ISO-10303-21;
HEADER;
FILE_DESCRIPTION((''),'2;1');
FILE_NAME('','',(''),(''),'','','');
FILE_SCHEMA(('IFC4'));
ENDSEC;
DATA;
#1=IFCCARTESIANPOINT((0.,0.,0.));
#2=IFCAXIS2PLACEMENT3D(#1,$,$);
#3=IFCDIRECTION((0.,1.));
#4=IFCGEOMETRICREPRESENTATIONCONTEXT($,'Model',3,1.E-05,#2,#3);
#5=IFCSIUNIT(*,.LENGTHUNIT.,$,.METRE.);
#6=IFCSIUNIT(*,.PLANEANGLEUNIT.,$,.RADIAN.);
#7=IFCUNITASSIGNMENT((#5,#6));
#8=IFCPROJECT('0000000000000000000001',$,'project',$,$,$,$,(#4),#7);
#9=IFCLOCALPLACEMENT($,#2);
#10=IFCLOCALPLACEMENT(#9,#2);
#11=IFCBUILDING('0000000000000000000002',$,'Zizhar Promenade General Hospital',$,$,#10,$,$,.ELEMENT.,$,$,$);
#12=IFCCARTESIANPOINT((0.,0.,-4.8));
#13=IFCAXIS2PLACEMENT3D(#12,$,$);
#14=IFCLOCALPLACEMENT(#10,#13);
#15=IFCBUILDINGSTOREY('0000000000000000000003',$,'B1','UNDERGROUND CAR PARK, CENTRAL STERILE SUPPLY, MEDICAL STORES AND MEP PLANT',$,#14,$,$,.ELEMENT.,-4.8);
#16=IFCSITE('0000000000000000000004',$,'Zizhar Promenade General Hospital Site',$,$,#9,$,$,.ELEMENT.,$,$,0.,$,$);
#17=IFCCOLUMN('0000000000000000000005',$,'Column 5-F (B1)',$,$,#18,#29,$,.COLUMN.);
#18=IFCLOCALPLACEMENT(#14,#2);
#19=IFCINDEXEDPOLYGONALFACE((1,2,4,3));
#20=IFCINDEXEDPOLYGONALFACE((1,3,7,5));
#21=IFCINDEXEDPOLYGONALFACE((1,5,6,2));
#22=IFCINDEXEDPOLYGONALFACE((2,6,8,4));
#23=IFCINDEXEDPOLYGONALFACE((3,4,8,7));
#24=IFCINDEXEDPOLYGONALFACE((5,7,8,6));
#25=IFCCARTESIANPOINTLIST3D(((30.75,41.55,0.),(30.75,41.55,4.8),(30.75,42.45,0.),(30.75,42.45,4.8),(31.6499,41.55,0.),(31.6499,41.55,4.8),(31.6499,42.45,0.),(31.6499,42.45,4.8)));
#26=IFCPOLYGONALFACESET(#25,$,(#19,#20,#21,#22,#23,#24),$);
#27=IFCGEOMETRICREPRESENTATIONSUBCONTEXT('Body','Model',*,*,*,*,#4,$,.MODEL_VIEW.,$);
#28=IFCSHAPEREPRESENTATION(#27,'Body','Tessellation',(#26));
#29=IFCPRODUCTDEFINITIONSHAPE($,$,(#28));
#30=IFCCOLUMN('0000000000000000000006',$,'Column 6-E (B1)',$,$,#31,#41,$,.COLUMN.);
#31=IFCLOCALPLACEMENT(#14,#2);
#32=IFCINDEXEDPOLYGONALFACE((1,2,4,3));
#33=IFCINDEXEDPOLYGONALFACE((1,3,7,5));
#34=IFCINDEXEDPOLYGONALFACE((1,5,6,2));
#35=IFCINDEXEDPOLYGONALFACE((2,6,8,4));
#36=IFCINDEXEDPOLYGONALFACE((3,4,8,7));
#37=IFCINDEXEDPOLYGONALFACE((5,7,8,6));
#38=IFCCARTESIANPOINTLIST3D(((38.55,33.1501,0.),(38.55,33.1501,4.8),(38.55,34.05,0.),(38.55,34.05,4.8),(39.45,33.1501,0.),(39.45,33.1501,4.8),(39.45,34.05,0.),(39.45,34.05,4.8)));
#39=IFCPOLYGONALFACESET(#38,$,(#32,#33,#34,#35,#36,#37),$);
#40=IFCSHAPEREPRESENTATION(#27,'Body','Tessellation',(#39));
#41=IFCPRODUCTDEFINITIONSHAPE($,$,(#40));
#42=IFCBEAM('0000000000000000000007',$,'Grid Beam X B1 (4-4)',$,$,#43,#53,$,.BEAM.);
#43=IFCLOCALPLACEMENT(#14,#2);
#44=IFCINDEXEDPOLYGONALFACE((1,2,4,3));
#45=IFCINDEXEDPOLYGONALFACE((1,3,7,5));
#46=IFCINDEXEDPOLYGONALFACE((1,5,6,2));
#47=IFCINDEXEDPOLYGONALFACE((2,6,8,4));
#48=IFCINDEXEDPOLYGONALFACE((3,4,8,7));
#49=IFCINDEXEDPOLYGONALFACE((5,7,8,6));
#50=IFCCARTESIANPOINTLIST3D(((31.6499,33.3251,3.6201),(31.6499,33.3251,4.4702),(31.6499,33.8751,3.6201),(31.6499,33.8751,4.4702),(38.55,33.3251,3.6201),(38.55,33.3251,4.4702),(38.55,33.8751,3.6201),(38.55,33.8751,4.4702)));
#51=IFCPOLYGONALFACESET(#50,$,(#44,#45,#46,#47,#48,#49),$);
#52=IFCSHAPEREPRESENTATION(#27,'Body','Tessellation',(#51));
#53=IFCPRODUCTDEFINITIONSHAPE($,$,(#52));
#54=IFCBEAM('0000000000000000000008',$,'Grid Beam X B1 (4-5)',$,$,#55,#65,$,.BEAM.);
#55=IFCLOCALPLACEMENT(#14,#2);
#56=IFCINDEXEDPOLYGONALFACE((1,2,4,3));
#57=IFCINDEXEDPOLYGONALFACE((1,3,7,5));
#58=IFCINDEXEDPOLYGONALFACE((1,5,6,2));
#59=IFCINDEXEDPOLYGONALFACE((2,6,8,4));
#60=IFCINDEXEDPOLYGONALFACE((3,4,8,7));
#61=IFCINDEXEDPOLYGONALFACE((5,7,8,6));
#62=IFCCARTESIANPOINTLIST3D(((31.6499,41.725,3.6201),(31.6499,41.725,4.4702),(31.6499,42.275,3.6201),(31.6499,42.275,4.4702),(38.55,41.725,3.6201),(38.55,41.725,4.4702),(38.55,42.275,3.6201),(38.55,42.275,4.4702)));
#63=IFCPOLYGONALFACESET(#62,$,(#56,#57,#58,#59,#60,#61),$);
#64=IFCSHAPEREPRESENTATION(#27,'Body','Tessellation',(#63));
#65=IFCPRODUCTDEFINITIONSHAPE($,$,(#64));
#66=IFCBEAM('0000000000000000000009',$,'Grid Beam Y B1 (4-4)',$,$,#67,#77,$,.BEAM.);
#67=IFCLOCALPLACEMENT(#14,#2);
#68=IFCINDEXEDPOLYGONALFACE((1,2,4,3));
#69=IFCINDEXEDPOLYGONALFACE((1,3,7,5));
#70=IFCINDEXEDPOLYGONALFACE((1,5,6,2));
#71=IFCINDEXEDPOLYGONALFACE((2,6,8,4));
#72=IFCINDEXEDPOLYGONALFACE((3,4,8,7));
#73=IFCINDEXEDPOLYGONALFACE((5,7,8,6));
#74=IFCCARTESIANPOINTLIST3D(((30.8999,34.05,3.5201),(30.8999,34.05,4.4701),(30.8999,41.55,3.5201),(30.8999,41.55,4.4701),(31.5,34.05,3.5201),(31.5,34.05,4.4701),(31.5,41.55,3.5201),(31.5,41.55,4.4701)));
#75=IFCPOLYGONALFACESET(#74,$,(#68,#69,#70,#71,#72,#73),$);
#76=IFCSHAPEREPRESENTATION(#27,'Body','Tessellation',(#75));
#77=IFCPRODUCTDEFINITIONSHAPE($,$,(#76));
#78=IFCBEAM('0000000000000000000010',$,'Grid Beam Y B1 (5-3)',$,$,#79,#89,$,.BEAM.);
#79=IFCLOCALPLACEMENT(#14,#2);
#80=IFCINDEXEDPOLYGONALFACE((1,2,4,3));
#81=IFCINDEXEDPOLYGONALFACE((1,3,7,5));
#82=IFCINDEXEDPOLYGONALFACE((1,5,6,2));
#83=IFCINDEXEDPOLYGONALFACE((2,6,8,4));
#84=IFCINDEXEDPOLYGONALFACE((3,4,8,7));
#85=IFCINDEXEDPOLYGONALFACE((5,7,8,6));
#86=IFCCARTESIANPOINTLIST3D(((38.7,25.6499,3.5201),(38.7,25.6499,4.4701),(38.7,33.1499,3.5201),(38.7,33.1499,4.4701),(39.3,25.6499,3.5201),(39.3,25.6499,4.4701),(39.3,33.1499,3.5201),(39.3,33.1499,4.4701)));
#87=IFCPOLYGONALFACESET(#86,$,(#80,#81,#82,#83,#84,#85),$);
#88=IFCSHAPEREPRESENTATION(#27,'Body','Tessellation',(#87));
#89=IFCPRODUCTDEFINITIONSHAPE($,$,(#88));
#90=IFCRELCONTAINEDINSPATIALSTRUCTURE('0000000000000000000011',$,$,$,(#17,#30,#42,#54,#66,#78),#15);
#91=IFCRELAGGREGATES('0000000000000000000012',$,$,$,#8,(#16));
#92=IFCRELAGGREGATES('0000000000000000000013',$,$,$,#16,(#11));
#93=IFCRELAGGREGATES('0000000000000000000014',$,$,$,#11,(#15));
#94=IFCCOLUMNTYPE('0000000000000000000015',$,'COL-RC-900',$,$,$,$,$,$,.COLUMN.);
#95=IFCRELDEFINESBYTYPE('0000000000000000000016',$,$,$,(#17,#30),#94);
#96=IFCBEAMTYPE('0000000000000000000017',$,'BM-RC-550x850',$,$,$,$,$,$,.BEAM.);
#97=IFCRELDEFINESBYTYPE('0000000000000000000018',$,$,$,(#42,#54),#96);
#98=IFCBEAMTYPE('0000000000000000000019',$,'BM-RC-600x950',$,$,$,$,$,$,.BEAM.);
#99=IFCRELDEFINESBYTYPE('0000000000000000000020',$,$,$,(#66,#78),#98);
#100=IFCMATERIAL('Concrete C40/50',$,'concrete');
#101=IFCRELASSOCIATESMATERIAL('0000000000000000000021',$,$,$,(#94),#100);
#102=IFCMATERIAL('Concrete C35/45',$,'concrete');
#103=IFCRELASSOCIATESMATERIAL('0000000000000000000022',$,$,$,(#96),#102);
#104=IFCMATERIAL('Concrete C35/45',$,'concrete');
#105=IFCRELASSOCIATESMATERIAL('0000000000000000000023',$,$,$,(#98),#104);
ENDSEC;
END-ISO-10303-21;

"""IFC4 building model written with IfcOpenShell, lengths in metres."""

from ifc_helpers import new_model, si_unit, direction, frame, origin, origin_2d, place, context, subcontext, project, spatial, rectangle, extrude, material, material_profile, profile_set, type_object, element, save


model = new_model("IFC4")

# Units and contexts
model_context = context("Model", 3, precision=1e-05, world=origin(), true_north=direction((0.0, 1.0)))
body_context = subcontext(model_context, "Body", "Model", "MODEL_VIEW")
ifc_project = project(units=[si_unit("LENGTHUNIT", "METRE"), si_unit("PLANEANGLEUNIT", "RADIAN")], contexts=[model_context])

# Site, building, storey
site_placement = place(None, origin())
site = spatial("IfcSite", under=ifc_project, at=site_placement, Name="Zizhar Promenade General Hospital Site", CompositionType="ELEMENT", RefElevation=0.0)
building_placement = place(site_placement, origin())
building = spatial("IfcBuilding", under=site, at=building_placement, Name="Zizhar Promenade General Hospital", CompositionType="ELEMENT")
storey_placement = place(building_placement, frame((0.0, 0.0, -4.8)))
storey = spatial("IfcBuildingStorey", under=building, at=storey_placement, Name="B1", Description="UNDERGROUND CAR PARK, CENTRAL STERILE SUPPLY, MEDICAL STORES AND MEP PLANT", CompositionType="ELEMENT", Elevation=-4.8)

# Columns
ifc_material_1 = material(Name="Concrete C40/50", Category="concrete")
ifc_material_profile_1 = material_profile(ifc_material_1, rectangle(XDim=0.8999, YDim=0.8999, at=origin_2d()))
ifc_profile_set_1 = profile_set([ifc_material_profile_1], Name="Concrete C40/50")
column_type = type_object("IfcColumnType", Name="COL-RC-900", PredefinedType="COLUMN", material=ifc_profile_set_1)
for number, where, z_axis, x_axis, name in (
    (1, (31.2, 42.0, 0.0), (0.0, 0.0, 1.0), (1.0, 0.0, 0.0), "Column 5-F (B1)"),
    (2, (39.0, 33.6001, 0.0), (0.0, 0.0, 1.0), (1.0, 0.0, 0.0), "Column 6-E (B1)"),
):
    element("IfcColumn", number, at=place(storey_placement, frame(where, z_axis=z_axis, x_axis=x_axis)), inside=storey, type_object=column_type, Name=name, PredefinedType="COLUMN", context=body_context, shape_type="SweptSolid", body=[
        extrude(rectangle(XDim=0.8999, YDim=0.8999, at=origin_2d()), origin(), (0.0, 0.0, 1.0), 4.8),
    ])

# Beams
ifc_material_2 = material(Name="Concrete C35/45", Category="concrete")
ifc_material_profile_2 = material_profile(ifc_material_2, rectangle(XDim=0.55, YDim=0.8501, at=origin_2d()))
ifc_profile_set_2 = profile_set([ifc_material_profile_2], Name="Concrete C35/45")
beam_type_1 = type_object("IfcBeamType", Name="BM-RC-550x850", PredefinedType="BEAM", material=ifc_profile_set_2)
for number, where, z_axis, x_axis, name in (
    (3, (31.6499, 33.6001, 4.0452), (1.0, 0.0, 0.0), (0.0, 1.0, 0.0), "Grid Beam X B1 (4-4)"),
    (4, (31.6499, 42.0, 4.0452), (1.0, 0.0, 0.0), (0.0, 1.0, 0.0), "Grid Beam X B1 (4-5)"),
):
    element("IfcBeam", number, at=place(storey_placement, frame(where, z_axis=z_axis, x_axis=x_axis)), inside=storey, type_object=beam_type_1, Name=name, PredefinedType="BEAM", context=body_context, shape_type="SweptSolid", body=[
        extrude(rectangle(XDim=0.55, YDim=0.8501, at=origin_2d()), origin(), (0.0, 0.0, 1.0), 6.9001),
    ])
ifc_material_3 = material(Name="Concrete C35/45", Category="concrete")
ifc_material_profile_3 = material_profile(ifc_material_3, rectangle(XDim=0.6001, YDim=0.95, at=origin_2d()))
ifc_profile_set_3 = profile_set([ifc_material_profile_3], Name="Concrete C35/45")
beam_type_2 = type_object("IfcBeamType", Name="BM-RC-600x950", PredefinedType="BEAM", material=ifc_profile_set_3)
for number, where, z_axis, x_axis, name in (
    (5, (31.2, 34.05, 3.9951), (0.0, 1.0, 0.0), (-1.0, 0.0, 0.0), "Grid Beam Y B1 (4-4)"),
    (6, (39.0, 25.6499, 3.9951), (0.0, 1.0, 0.0), (-1.0, 0.0, 0.0), "Grid Beam Y B1 (5-3)"),
):
    element("IfcBeam", number, at=place(storey_placement, frame(where, z_axis=z_axis, x_axis=x_axis)), inside=storey, type_object=beam_type_2, Name=name, PredefinedType="BEAM", context=body_context, shape_type="SweptSolid", body=[
        extrude(rectangle(XDim=0.6001, YDim=0.95, at=origin_2d()), origin(), (0.0, 0.0, 1.0), 7.5),
    ])

save(model, "model.ifc")
